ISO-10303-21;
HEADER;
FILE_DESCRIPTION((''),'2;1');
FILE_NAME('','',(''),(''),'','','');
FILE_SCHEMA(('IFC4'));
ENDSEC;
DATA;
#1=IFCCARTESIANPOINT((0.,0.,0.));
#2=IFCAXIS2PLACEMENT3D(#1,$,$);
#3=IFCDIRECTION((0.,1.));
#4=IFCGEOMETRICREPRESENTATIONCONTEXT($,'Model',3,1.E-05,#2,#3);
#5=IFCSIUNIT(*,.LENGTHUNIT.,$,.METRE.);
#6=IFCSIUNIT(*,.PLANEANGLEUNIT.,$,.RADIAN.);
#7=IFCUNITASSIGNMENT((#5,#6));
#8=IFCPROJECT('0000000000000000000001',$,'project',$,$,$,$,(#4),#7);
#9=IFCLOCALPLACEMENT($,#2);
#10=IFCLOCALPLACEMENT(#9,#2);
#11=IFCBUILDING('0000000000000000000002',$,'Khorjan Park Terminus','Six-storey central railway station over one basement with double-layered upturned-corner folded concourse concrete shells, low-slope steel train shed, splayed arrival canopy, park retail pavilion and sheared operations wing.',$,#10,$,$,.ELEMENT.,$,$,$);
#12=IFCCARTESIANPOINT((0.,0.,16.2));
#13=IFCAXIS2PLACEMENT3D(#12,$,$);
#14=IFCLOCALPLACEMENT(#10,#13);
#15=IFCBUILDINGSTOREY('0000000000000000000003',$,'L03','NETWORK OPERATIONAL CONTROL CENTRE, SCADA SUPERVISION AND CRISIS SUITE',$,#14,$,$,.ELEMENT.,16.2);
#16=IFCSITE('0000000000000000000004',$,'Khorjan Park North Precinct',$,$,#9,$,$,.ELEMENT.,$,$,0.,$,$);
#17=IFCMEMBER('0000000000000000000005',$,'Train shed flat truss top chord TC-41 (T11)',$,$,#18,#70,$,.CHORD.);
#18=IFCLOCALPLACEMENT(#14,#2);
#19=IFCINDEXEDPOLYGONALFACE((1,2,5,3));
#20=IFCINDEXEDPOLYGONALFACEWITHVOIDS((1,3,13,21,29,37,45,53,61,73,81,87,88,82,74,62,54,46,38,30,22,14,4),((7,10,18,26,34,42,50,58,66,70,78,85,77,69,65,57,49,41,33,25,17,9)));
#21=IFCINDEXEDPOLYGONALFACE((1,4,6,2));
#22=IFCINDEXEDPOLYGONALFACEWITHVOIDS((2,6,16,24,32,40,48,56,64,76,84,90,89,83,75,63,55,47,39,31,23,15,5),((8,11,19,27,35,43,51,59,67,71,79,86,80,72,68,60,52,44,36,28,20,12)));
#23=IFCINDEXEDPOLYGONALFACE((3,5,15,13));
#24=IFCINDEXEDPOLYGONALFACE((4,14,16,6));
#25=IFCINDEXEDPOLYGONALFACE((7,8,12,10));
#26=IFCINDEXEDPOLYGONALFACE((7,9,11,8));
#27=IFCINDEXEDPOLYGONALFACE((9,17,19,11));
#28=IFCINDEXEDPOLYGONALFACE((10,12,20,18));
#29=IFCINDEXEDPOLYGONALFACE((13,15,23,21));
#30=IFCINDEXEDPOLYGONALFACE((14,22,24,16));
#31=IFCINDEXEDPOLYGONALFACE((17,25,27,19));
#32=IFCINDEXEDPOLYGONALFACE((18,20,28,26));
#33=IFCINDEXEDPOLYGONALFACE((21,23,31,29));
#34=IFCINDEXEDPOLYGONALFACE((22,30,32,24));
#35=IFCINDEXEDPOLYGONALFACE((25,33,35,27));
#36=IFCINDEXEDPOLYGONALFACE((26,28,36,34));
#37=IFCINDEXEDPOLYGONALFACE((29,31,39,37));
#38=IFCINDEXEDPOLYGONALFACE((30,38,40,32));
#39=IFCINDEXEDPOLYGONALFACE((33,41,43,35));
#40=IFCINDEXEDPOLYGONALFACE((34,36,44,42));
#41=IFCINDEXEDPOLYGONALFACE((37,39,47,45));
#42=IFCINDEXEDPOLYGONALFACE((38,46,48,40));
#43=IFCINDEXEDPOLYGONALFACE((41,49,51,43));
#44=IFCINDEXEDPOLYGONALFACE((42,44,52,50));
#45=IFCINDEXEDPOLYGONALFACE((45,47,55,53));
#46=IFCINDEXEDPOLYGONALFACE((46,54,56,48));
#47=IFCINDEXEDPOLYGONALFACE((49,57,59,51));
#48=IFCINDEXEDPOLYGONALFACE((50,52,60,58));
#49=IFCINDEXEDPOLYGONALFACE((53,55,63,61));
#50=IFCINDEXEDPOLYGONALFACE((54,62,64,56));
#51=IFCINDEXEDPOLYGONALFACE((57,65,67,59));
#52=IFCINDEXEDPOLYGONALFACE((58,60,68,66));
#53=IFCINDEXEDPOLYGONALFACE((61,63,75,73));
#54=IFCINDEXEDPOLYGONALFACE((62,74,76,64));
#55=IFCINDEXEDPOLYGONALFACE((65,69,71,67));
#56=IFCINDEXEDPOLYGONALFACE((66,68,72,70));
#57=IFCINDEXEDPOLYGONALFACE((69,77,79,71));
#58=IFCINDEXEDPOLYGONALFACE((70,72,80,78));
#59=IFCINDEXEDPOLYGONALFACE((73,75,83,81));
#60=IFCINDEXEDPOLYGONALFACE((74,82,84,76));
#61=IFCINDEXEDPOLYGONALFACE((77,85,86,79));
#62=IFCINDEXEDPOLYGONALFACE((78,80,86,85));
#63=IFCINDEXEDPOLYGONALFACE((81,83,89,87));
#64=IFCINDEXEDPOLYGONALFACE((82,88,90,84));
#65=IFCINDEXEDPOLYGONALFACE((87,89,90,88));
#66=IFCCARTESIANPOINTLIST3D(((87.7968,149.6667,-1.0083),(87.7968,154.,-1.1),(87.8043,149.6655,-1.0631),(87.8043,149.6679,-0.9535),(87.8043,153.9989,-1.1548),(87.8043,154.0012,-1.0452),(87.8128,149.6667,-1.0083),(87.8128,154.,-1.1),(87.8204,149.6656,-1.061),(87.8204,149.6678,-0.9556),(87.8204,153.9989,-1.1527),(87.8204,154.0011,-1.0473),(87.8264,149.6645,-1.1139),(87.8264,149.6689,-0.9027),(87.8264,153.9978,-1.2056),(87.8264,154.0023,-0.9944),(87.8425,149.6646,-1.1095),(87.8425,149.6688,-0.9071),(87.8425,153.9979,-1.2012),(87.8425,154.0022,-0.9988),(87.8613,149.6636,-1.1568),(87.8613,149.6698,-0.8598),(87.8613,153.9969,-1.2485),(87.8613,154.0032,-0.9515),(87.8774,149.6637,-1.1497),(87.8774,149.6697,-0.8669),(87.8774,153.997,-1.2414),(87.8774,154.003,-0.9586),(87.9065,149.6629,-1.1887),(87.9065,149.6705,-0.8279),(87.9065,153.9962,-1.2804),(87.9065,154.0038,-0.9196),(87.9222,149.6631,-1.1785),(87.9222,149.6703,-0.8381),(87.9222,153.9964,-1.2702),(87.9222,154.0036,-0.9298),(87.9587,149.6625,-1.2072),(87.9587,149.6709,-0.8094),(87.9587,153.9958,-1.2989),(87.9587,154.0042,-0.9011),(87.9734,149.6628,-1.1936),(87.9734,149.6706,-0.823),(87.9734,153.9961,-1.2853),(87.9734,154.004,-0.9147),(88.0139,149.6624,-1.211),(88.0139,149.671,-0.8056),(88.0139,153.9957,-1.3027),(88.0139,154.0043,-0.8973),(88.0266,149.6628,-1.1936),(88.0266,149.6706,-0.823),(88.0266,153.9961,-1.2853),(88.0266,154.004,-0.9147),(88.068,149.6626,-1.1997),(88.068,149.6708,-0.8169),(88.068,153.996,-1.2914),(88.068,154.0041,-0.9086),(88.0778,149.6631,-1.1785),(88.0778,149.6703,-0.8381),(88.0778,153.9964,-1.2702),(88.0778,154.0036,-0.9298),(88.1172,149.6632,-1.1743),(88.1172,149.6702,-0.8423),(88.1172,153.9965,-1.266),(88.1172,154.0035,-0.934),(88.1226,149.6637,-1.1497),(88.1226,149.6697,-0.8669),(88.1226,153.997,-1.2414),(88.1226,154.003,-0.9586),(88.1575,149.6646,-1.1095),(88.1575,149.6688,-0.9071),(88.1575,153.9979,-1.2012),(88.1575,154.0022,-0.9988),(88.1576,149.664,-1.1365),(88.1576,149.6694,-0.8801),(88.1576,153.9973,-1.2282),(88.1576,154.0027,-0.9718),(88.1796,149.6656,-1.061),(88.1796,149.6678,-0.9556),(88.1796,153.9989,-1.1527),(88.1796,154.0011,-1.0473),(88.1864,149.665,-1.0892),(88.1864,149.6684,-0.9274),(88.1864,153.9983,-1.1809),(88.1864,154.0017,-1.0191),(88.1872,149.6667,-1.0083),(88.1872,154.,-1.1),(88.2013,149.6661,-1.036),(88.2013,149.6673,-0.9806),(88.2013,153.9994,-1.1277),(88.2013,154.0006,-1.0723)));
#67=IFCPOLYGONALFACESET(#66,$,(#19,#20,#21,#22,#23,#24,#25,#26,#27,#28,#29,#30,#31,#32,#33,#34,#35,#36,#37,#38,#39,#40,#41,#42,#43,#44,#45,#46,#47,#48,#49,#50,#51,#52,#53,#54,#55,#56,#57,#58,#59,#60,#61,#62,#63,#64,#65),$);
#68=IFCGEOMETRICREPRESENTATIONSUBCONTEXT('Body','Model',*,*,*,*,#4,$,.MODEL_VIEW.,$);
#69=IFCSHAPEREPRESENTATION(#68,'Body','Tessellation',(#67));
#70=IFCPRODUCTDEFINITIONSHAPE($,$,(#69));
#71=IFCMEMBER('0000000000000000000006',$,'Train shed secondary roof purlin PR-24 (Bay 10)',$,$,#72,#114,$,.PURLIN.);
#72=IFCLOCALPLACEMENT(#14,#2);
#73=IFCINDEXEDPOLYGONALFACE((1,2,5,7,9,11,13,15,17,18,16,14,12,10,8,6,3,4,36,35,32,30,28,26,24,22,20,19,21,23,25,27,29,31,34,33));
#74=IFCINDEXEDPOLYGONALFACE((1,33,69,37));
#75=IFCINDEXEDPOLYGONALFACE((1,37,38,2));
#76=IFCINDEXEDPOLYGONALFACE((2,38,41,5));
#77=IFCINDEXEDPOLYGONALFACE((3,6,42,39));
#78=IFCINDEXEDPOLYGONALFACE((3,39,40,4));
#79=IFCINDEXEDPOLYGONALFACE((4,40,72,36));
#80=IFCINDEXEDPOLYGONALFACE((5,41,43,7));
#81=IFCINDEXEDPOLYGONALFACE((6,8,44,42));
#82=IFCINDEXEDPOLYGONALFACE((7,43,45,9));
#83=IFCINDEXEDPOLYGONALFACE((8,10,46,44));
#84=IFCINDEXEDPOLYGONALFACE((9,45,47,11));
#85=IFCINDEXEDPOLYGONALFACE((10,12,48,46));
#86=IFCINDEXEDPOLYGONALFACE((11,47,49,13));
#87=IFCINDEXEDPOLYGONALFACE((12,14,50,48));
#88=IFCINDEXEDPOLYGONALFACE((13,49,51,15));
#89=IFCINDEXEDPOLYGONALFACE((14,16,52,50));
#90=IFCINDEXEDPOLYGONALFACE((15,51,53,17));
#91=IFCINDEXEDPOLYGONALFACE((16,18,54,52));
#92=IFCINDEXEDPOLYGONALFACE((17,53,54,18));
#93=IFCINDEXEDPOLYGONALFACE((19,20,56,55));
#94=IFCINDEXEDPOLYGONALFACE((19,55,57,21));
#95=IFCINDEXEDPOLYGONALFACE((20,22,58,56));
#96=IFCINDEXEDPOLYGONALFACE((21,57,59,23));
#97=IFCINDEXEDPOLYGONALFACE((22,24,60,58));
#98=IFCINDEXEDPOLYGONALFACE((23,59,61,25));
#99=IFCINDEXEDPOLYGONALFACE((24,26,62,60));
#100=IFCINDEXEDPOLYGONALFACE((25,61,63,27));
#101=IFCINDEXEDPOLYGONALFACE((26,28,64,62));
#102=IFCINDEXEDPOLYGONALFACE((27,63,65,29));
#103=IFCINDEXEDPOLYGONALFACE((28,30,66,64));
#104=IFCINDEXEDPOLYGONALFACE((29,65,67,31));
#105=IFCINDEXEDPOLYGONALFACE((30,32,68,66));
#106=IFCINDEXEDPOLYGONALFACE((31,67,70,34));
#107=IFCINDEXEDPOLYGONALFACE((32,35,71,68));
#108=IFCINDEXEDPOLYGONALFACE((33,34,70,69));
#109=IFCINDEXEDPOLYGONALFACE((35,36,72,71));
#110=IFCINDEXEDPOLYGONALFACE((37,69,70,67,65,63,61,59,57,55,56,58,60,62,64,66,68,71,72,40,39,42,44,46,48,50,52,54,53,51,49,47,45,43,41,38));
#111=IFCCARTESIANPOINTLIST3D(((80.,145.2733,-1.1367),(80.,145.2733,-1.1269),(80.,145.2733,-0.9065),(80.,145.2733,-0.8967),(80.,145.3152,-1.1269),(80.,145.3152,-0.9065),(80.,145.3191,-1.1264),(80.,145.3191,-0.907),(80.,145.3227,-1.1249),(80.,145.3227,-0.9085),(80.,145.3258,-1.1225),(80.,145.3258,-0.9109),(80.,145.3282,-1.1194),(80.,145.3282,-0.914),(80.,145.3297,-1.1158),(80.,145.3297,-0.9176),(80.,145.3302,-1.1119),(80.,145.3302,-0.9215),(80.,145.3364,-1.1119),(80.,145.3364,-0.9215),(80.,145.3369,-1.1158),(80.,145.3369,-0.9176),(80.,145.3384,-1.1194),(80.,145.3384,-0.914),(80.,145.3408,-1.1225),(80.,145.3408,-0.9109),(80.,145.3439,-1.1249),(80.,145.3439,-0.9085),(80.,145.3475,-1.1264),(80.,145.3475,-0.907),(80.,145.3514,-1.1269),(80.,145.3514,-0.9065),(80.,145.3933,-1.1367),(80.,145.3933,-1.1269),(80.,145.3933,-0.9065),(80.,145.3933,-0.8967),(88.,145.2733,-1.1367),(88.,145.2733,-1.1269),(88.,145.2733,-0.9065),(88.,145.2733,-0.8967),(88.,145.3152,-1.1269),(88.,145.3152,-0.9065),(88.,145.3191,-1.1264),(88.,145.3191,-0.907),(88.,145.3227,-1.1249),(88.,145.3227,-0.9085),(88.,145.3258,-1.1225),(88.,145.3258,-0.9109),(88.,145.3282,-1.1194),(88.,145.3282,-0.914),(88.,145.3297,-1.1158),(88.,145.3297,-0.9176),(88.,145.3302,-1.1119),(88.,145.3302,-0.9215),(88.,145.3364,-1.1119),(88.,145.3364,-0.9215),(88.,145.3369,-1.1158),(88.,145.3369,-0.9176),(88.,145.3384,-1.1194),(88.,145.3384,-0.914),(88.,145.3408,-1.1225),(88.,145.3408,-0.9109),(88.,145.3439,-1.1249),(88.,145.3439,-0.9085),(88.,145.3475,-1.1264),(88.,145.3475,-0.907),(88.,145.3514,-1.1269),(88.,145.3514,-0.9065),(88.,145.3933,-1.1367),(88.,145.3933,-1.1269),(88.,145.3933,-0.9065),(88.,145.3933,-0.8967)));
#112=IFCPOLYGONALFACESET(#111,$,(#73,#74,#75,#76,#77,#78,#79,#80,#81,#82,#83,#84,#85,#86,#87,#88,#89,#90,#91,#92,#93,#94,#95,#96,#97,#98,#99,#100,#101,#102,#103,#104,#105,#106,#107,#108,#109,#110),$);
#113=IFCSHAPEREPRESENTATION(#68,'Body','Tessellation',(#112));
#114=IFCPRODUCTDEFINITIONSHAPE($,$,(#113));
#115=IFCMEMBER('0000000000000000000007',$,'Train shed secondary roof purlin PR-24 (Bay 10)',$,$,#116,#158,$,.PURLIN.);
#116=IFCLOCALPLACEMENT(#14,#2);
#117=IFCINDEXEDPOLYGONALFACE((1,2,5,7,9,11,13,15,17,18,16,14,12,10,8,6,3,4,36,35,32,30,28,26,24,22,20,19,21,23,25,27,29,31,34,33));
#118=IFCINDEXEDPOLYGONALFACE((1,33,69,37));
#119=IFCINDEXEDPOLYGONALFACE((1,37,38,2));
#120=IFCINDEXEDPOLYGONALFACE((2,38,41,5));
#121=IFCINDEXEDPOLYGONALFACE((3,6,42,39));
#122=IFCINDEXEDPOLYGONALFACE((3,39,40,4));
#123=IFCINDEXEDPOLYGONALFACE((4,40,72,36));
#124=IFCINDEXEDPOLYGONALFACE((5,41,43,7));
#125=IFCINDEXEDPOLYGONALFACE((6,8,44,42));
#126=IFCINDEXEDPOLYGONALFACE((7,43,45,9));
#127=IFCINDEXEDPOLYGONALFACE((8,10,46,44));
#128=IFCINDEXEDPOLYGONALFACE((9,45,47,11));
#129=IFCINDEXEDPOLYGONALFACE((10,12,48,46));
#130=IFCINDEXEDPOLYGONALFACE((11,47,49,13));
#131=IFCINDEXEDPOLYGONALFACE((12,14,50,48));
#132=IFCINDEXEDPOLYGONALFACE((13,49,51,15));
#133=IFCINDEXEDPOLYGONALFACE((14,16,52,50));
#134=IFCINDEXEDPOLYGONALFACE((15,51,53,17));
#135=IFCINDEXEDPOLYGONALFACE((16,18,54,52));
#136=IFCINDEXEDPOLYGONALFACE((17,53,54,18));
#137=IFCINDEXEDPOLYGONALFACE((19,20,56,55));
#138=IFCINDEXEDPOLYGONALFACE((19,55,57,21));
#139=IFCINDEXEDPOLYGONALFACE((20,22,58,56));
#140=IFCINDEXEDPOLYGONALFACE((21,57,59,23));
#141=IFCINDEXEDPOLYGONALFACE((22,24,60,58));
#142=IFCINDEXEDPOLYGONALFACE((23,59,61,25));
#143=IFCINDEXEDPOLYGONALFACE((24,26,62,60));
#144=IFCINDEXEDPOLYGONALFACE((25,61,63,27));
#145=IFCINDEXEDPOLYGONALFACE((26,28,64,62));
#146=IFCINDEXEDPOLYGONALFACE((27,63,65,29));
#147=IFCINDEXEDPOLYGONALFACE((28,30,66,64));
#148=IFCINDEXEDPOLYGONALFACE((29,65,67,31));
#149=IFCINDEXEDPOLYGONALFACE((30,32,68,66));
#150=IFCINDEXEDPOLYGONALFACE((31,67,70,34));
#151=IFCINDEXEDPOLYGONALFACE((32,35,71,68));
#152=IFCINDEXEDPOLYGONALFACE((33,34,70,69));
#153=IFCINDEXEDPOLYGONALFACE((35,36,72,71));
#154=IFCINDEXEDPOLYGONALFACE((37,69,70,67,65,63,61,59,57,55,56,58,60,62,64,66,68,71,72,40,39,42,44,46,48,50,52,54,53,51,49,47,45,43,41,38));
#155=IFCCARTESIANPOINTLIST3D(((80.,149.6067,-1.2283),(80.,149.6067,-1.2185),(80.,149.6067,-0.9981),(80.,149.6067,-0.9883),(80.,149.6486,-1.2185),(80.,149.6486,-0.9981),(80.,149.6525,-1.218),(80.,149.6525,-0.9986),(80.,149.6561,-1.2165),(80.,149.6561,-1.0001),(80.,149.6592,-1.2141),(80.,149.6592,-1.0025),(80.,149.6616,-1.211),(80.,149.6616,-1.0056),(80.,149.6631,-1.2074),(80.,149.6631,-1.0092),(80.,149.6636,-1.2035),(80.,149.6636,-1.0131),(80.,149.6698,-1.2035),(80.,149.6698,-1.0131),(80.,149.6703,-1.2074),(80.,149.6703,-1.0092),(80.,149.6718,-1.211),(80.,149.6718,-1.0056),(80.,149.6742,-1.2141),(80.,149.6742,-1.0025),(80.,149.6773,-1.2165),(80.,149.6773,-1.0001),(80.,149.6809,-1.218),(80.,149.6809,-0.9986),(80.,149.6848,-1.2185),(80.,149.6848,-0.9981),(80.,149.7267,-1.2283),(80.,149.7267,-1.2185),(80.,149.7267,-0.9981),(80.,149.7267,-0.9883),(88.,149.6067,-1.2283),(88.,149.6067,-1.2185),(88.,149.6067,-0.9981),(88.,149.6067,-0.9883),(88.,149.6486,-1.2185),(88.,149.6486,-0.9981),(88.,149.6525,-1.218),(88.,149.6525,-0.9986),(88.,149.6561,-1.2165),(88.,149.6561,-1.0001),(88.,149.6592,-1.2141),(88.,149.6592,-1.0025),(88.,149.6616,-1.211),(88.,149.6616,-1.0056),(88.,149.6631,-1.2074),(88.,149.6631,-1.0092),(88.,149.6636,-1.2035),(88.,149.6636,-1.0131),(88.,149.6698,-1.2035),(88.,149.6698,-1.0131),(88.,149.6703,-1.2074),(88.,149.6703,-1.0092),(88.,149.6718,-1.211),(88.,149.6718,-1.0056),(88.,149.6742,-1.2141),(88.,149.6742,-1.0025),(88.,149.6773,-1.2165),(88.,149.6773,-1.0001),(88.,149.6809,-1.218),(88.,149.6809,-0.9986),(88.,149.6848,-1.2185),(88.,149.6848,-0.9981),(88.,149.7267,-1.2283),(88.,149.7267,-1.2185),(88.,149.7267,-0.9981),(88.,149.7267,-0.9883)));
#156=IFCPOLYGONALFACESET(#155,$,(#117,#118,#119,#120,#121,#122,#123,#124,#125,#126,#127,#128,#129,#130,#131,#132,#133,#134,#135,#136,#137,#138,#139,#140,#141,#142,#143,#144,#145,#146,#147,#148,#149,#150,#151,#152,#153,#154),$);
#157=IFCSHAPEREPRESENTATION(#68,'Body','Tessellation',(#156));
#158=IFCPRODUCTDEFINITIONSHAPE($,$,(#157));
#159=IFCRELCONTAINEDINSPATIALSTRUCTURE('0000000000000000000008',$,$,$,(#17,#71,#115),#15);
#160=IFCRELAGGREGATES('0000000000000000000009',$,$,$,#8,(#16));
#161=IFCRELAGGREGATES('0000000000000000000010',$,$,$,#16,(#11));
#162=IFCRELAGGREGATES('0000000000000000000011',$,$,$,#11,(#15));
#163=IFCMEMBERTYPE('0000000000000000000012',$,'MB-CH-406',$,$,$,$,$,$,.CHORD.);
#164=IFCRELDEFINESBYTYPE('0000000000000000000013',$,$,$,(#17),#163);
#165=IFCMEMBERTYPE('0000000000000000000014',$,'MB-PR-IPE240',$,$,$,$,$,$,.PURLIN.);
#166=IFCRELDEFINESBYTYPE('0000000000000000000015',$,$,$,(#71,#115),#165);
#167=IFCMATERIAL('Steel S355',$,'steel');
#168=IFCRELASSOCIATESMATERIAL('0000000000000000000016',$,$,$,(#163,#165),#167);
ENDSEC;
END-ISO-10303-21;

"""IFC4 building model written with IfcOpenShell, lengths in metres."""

from ifc_helpers import new_model, si_unit, direction, frame, origin, origin_2d, place, context, subcontext, project, spatial, hollow_circle, i_section, extrude, material, material_profile, profile_set, type_object, element, save


model = new_model("IFC4")

# Units and contexts
model_context = context("Model", 3, precision=1e-05, world=origin(), true_north=direction((0.0, 1.0)))
body_context = subcontext(model_context, "Body", "Model", "MODEL_VIEW")
ifc_project = project(units=[si_unit("LENGTHUNIT", "METRE"), si_unit("PLANEANGLEUNIT", "RADIAN")], contexts=[model_context])

# Site, building, storey
site_placement = place(None, origin())
site = spatial("IfcSite", under=ifc_project, at=site_placement, Name="Khorjan Park North Precinct", CompositionType="ELEMENT", RefElevation=0.0)
building_placement = place(site_placement, origin())
building = spatial("IfcBuilding", under=site, at=building_placement, Name="Khorjan Park Terminus", Description="Six-storey central railway station over one basement with double-layered upturned-corner folded concourse concrete shells, low-slope steel train shed, splayed arrival canopy, park retail pavilion and sheared operations wing.", CompositionType="ELEMENT")
storey_placement = place(building_placement, frame((0.0, 0.0, 16.2)))
storey = spatial("IfcBuildingStorey", under=building, at=storey_placement, Name="L03", Description="NETWORK OPERATIONAL CONTROL CENTRE, SCADA SUPERVISION AND CRISIS SUITE", CompositionType="ELEMENT", Elevation=16.2)

# Members
ifc_material = material(Name="Steel S355", Category="steel")
ifc_material_profile_1 = material_profile(ifc_material, hollow_circle(Radius=0.2032, WallThickness=0.016, at=origin_2d()), Name="CHS 406.4x16")
ifc_profile_set_1 = profile_set([ifc_material_profile_1], Name="Steel S355")
member_type_1 = type_object("IfcMemberType", Name="MB-CH-406", PredefinedType="CHORD", material=ifc_profile_set_1)
member_1_placement = place(storey_placement, frame((88.0, 149.6667, -1.0083), z_axis=(0.0, 0.999776, -0.021157), x_axis=(-1.0, 0.0, 0.0)))
element("IfcMember", 1, at=member_1_placement, inside=storey, type_object=member_type_1, Name="Train shed flat truss top chord TC-41 (T11)", PredefinedType="CHORD", context=body_context, shape_type="SweptSolid", body=[
    extrude(hollow_circle(Radius=0.2032, WallThickness=0.016, at=origin_2d()), origin(), (0.0, 0.0, 1.0), 4.3343),
])
ifc_material_profile_2 = material_profile(ifc_material, i_section(OverallWidth=0.12, OverallDepth=0.24, WebThickness=0.0062, FlangeThickness=0.0098, FilletRadius=0.015, at=origin_2d()), Name="IPE 240")
ifc_profile_set_2 = profile_set([ifc_material_profile_2], Name="Steel S355")
member_type_2 = type_object("IfcMemberType", Name="MB-PR-IPE240", PredefinedType="PURLIN", material=ifc_profile_set_2)
for number, where, z_axis, x_axis, name in (
    (2, (80.0, 145.3333, -1.0167), (1.0, 0.0, 0.0), (0.0, 1.0, 0.0), "Train shed secondary roof purlin PR-24 (Bay 10)"),
    (3, (80.0, 149.6667, -1.1083), (1.0, 0.0, 0.0), (0.0, 1.0, 0.0), "Train shed secondary roof purlin PR-24 (Bay 10)"),
):
    element("IfcMember", number, at=place(storey_placement, frame(where, z_axis=z_axis, x_axis=x_axis)), inside=storey, type_object=member_type_2, Name=name, PredefinedType="PURLIN", context=body_context, shape_type="SweptSolid", body=[
        extrude(i_section(OverallWidth=0.12, OverallDepth=0.24, WebThickness=0.0062, FlangeThickness=0.0098, FilletRadius=0.015, at=origin_2d()), origin(), (0.0, 0.0, 1.0), 8.0),
    ])

save(model, "model.ifc")
